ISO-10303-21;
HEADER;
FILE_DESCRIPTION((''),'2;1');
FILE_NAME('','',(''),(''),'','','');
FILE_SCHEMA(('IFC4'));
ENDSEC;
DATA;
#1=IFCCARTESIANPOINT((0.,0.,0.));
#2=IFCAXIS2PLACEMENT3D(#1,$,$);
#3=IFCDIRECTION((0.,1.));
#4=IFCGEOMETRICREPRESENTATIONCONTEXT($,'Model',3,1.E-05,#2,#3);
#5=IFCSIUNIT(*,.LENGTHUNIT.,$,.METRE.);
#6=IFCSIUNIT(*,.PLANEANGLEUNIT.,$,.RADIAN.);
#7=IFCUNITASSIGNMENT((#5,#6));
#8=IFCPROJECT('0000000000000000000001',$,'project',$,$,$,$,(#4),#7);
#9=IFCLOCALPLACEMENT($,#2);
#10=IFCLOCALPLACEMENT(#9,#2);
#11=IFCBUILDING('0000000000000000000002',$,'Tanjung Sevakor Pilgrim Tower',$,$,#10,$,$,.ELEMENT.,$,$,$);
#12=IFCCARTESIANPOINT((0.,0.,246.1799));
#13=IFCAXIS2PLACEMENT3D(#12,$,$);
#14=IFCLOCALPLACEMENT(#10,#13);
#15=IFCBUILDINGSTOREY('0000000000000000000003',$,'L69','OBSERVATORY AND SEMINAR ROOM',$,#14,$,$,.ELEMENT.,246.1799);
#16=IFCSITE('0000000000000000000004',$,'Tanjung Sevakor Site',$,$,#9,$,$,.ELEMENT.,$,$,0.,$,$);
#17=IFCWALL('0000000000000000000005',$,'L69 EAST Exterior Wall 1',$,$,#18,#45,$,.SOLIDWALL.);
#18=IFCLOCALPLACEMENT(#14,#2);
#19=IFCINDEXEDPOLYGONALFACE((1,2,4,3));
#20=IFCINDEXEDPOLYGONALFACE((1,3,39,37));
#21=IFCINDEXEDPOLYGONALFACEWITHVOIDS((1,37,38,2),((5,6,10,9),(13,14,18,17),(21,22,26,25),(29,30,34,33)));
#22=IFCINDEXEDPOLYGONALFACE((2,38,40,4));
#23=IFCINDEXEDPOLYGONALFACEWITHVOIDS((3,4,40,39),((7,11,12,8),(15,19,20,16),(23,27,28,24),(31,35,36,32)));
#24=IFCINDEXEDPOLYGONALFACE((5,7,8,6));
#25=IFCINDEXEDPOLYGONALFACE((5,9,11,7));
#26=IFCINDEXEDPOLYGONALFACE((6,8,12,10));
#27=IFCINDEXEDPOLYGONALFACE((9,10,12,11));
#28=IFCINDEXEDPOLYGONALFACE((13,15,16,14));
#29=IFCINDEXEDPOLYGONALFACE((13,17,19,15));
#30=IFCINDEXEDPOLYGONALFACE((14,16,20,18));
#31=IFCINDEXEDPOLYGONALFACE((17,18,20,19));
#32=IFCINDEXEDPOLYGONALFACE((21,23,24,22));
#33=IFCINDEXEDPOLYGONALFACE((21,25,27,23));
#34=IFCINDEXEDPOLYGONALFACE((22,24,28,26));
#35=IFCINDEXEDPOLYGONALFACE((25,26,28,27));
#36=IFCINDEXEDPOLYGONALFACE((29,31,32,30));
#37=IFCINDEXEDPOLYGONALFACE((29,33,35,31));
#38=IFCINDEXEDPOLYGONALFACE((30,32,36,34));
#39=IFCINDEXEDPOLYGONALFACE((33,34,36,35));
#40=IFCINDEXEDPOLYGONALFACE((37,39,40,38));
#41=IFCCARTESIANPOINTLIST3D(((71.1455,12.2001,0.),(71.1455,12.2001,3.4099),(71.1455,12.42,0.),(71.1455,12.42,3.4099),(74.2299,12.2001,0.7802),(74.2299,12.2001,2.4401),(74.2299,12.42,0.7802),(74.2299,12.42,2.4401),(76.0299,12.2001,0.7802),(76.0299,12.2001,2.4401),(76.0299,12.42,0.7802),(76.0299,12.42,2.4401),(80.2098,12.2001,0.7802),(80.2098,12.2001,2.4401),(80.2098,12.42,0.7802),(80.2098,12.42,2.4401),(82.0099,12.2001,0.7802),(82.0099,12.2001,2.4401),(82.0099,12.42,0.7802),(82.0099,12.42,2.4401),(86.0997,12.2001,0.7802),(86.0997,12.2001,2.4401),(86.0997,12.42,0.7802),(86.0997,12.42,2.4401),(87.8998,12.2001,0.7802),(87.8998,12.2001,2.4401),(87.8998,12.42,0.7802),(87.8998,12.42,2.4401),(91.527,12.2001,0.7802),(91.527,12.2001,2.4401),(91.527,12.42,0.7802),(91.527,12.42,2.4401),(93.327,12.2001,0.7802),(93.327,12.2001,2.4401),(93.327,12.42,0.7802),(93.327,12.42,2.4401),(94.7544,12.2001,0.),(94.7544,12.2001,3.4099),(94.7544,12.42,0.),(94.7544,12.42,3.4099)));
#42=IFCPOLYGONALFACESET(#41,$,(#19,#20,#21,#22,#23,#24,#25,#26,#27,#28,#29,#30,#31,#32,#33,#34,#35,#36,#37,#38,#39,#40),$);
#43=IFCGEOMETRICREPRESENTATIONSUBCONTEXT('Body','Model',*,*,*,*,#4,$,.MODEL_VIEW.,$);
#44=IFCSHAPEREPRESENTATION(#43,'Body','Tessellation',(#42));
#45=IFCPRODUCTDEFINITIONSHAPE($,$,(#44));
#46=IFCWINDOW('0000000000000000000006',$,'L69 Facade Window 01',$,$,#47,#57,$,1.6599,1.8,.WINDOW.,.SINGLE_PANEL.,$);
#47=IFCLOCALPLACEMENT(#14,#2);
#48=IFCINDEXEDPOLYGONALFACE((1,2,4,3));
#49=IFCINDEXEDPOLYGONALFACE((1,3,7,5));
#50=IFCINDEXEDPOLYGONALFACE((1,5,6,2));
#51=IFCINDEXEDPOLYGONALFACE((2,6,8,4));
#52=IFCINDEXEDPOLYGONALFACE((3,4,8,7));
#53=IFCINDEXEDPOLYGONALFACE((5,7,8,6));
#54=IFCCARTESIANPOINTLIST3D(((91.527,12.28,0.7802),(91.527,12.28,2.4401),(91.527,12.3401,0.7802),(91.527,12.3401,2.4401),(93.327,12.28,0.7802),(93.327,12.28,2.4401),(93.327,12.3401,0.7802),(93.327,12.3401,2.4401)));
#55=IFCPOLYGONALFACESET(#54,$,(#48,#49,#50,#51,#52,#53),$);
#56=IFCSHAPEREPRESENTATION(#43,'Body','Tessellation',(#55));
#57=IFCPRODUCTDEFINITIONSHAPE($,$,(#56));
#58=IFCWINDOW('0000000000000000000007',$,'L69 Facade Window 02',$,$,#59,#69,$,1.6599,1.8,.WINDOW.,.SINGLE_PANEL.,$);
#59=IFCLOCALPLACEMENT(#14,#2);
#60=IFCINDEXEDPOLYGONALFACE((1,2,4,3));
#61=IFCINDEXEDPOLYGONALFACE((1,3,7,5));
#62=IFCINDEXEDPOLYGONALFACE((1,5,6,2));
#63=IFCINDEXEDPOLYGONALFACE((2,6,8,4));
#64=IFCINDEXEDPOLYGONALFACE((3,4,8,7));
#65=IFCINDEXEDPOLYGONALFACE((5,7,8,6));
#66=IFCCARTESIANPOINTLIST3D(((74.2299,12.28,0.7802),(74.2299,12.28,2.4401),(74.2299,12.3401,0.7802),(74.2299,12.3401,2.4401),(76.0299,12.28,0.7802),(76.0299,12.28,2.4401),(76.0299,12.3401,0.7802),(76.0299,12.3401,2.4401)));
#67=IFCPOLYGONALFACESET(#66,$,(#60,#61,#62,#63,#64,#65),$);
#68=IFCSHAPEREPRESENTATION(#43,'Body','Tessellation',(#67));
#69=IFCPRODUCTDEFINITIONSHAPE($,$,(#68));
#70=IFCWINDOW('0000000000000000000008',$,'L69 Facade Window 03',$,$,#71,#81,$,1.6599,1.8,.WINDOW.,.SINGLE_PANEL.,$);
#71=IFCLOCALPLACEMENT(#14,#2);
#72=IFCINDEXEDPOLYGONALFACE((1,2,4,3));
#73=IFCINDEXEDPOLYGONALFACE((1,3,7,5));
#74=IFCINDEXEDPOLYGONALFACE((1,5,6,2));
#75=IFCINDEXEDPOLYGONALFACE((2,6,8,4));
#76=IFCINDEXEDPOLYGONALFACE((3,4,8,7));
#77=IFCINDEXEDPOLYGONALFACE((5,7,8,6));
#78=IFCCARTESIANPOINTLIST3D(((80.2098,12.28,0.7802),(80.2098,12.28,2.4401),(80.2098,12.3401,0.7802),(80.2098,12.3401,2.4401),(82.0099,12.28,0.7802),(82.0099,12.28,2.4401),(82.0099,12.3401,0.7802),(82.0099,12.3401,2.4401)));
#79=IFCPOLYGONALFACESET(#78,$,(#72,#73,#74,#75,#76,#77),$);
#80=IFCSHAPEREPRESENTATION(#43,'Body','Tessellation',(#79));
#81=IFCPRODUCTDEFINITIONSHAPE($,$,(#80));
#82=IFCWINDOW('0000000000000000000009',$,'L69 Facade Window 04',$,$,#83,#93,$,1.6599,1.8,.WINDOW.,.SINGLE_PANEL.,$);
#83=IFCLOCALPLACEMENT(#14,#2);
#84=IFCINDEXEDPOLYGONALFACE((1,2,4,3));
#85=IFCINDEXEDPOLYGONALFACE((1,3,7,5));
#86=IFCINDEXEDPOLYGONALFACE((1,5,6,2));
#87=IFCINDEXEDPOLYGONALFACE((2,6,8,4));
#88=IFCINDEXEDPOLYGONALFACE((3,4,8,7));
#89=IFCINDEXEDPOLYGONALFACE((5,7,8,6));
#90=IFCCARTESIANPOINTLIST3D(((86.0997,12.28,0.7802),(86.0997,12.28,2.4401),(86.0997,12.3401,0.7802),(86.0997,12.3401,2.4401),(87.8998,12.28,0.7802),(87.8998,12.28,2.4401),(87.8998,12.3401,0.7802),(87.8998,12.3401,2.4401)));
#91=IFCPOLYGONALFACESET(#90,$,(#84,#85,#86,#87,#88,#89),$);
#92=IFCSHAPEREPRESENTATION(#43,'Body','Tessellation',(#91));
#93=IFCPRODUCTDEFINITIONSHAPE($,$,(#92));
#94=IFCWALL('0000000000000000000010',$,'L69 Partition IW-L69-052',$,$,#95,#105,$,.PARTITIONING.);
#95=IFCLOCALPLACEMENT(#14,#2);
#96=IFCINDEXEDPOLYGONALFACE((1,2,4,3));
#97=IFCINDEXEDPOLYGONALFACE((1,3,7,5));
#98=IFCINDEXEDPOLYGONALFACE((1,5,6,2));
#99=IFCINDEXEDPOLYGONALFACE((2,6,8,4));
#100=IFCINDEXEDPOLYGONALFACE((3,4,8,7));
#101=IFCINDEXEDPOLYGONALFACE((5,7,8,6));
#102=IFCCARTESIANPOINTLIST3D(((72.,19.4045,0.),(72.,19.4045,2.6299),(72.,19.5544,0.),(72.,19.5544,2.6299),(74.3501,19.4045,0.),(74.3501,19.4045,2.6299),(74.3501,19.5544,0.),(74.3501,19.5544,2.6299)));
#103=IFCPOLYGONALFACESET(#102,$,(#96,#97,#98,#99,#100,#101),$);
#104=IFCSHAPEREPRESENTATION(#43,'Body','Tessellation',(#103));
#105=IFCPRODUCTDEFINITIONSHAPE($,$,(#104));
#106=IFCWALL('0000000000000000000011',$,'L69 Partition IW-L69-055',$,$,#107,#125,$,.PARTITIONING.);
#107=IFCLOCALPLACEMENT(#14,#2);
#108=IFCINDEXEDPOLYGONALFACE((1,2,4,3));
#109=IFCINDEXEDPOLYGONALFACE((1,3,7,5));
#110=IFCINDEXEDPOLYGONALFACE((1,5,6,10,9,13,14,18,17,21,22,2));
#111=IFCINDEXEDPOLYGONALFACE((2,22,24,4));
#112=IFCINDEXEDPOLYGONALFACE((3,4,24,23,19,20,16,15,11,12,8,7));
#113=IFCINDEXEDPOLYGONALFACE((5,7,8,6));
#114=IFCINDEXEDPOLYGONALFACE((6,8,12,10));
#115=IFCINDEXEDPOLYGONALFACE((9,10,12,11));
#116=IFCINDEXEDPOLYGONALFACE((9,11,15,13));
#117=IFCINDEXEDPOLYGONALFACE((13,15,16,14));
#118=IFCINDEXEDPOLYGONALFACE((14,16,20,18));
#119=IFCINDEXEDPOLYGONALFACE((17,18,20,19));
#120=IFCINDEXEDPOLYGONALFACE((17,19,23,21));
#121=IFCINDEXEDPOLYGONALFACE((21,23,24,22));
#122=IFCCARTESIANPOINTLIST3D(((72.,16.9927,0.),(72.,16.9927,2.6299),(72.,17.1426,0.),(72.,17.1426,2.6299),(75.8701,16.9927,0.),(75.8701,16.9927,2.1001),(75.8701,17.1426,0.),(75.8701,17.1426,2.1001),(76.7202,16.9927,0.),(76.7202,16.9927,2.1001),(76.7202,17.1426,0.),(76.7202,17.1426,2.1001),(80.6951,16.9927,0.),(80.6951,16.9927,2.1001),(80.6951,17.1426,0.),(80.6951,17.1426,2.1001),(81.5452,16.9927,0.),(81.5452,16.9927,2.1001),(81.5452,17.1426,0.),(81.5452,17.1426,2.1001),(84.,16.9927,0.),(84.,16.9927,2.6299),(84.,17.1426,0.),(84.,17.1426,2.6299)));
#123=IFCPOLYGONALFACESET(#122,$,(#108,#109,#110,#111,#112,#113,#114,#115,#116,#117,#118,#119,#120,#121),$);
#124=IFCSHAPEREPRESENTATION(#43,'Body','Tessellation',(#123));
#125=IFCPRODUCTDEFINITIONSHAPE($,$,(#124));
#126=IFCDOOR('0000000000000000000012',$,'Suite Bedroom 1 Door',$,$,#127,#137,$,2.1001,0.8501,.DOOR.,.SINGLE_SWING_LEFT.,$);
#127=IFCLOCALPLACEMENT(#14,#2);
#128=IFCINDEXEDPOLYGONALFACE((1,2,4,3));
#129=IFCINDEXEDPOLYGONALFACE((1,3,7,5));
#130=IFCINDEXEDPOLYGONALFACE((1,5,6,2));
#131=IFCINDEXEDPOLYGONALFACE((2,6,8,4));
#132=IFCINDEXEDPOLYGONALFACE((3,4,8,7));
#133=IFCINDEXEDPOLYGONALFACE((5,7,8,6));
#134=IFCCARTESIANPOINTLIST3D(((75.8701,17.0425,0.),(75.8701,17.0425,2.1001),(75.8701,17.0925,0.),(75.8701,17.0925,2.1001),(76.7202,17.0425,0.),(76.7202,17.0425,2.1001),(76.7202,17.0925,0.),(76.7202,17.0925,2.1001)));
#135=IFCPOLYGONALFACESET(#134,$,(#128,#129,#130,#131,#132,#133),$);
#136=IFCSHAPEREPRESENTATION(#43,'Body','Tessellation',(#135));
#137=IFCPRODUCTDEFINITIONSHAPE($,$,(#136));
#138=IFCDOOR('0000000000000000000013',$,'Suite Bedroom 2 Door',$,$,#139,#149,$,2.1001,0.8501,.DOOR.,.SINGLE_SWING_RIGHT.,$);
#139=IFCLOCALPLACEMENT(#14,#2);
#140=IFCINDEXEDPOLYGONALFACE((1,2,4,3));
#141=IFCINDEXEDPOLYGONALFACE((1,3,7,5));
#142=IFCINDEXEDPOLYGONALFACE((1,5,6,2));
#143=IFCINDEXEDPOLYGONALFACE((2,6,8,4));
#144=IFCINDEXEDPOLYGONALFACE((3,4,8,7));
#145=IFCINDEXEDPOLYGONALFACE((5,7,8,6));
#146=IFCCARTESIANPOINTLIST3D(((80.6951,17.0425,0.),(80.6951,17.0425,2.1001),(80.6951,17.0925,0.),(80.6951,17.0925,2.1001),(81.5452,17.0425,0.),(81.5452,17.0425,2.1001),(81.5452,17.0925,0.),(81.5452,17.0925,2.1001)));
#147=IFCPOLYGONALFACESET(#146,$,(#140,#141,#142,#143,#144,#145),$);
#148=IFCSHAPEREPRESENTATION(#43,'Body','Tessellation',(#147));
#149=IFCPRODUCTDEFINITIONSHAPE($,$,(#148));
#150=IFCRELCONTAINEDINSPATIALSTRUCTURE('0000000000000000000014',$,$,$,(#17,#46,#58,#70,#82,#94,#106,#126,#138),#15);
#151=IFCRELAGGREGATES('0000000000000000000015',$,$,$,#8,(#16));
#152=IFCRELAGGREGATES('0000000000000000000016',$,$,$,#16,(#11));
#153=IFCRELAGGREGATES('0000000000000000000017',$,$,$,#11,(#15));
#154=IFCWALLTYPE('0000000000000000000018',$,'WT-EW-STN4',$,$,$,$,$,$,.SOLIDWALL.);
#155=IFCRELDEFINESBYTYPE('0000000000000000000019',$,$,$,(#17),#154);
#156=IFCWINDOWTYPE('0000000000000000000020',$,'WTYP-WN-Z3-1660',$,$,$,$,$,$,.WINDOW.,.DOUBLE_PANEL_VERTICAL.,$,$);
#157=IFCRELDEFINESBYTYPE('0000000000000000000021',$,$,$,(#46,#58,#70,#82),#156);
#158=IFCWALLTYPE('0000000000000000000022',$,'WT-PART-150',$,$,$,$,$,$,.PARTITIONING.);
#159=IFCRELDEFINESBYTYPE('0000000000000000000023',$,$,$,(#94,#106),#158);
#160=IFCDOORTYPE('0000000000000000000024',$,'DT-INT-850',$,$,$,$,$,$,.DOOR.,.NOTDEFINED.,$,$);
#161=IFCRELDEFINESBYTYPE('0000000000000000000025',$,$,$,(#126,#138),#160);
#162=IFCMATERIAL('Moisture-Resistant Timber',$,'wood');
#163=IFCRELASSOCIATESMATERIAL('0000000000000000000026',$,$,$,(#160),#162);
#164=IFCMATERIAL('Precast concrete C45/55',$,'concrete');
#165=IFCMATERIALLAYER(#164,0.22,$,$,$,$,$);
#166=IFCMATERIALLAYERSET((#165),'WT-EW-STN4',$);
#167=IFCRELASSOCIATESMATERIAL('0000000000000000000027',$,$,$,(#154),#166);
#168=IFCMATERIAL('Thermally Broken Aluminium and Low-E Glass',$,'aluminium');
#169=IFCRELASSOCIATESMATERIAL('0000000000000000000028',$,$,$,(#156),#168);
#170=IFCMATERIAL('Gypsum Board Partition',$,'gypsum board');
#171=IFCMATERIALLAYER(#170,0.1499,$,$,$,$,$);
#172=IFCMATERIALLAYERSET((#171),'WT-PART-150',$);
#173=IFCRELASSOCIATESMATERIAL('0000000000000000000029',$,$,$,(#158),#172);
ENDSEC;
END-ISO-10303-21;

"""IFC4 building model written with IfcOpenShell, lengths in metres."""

from ifc_helpers import new_model, si_unit, direction, frame, frame_2d, origin, place, context, subcontext, project, spatial, rectangle, extrude, material, layer, layer_set, type_object, element, fill, save


model = new_model("IFC4")

# Units and contexts
model_context = context("Model", 3, precision=1e-05, world=origin(), true_north=direction((0.0, 1.0)))
body_context = subcontext(model_context, "Body", "Model", "MODEL_VIEW")
ifc_project = project(units=[si_unit("LENGTHUNIT", "METRE"), si_unit("PLANEANGLEUNIT", "RADIAN")], contexts=[model_context])

# Site, building, storey
site_placement = place(None, origin())
site = spatial("IfcSite", under=ifc_project, at=site_placement, Name="Tanjung Sevakor Site", CompositionType="ELEMENT", RefElevation=0.0)
building_placement = place(site_placement, origin())
building = spatial("IfcBuilding", under=site, at=building_placement, Name="Tanjung Sevakor Pilgrim Tower", CompositionType="ELEMENT")
storey_placement = place(building_placement, frame((0.0, 0.0, 246.1799)))
storey = spatial("IfcBuildingStorey", under=building, at=storey_placement, Name="L69", Description="OBSERVATORY AND SEMINAR ROOM", CompositionType="ELEMENT", Elevation=246.1799)

# Shared definitions
ifc_material_1 = material(Name="Moisture-Resistant Timber", Category="wood")
door_type_1 = type_object("IfcDoorType", Name="DT-INT-850", OperationType="NOTDEFINED", PredefinedType="DOOR", material=ifc_material_1)

# Wall, openings, windows
ifc_material_2 = material(Name="Precast concrete C45/55", Category="concrete")
ifc_layer_1 = layer(ifc_material_2, 0.22)
ifc_layer_set_1 = layer_set([ifc_layer_1], Name="WT-EW-STN4")
wall_type_1 = type_object("IfcWallType", Name="WT-EW-STN4", PredefinedType="SOLIDWALL", material=ifc_layer_set_1)
wall_1_placement = place(storey_placement, frame((71.1455, 12.3101, 0.0), z_axis=(0.0, 0.0, 1.0), x_axis=(1.0, 0.0, 0.0)))
wall_1 = element("IfcWall", 1, at=wall_1_placement, inside=storey, type_object=wall_type_1, Name="L69 EAST Exterior Wall 1", PredefinedType="SOLIDWALL", context=body_context, shape_type="SweptSolid", body=[
    extrude(rectangle(XDim=23.6089, YDim=0.22, at=frame_2d((11.8044, 0.0))), origin(), (0.0, 0.0, 1.0), 3.4099),
])
opening_1_placement = place(wall_1_placement, frame((20.3816, 0.0, 0.78)))
opening_1 = element("IfcOpeningElement", 2, at=opening_1_placement, cuts=wall_1, PredefinedType="OPENING", context=body_context, shape_type="SweptSolid", body=[
    extrude(rectangle(XDim=1.8, YDim=1.6599, at=frame_2d((0.8999, 0.8301))), frame((0.0, 0.1199, 0.0), z_axis=(0.0, -1.0, 0.0), x_axis=(1.0, 0.0, 0.0)), (0.0, 0.0, 1.0), 0.24),
])
opening_2_placement = place(wall_1_placement, frame((3.0845, 0.0, 0.78)))
opening_2 = element("IfcOpeningElement", 3, at=opening_2_placement, cuts=wall_1, PredefinedType="OPENING", context=body_context, shape_type="SweptSolid", body=[
    extrude(rectangle(XDim=1.8, YDim=1.6599, at=frame_2d((0.8999, 0.8301))), frame((0.0, 0.1199, 0.0), z_axis=(0.0, -1.0, 0.0), x_axis=(1.0, 0.0, 0.0)), (0.0, 0.0, 1.0), 0.24),
])
opening_3_placement = place(wall_1_placement, frame((9.0645, 0.0, 0.78)))
opening_3 = element("IfcOpeningElement", 4, at=opening_3_placement, cuts=wall_1, PredefinedType="OPENING", context=body_context, shape_type="SweptSolid", body=[
    extrude(rectangle(XDim=1.8, YDim=1.6599, at=frame_2d((0.8999, 0.8301))), frame((0.0, 0.1199, 0.0), z_axis=(0.0, -1.0, 0.0), x_axis=(1.0, 0.0, 0.0)), (0.0, 0.0, 1.0), 0.24),
])
opening_4_placement = place(wall_1_placement, frame((14.9543, 0.0, 0.78)))
opening_4 = element("IfcOpeningElement", 5, at=opening_4_placement, cuts=wall_1, PredefinedType="OPENING", context=body_context, shape_type="SweptSolid", body=[
    extrude(rectangle(XDim=1.8, YDim=1.6599, at=frame_2d((0.8999, 0.8301))), frame((0.0, 0.1199, 0.0), z_axis=(0.0, -1.0, 0.0), x_axis=(1.0, 0.0, 0.0)), (0.0, 0.0, 1.0), 0.24),
])
ifc_material_3 = material(Name="Thermally Broken Aluminium and Low-E Glass", Category="aluminium")
window_type = type_object("IfcWindowType", Name="WTYP-WN-Z3-1660", PartitioningType="DOUBLE_PANEL_VERTICAL", PredefinedType="WINDOW", material=ifc_material_3)
window_1_placement = place(opening_1_placement, origin())
window_1 = element("IfcWindow", 6, at=window_1_placement, inside=storey, type_object=window_type, Name="L69 Facade Window 01", OverallHeight=1.6599, OverallWidth=1.8, PartitioningType="SINGLE_PANEL", PredefinedType="WINDOW", context=body_context, shape_type="SweptSolid", body=[
    extrude(rectangle(XDim=1.8, YDim=1.6599, at=frame_2d((0.8999, 0.8301))), frame((0.0, 0.03, 0.0), z_axis=(0.0, -1.0, 0.0), x_axis=(1.0, 0.0, 0.0)), (0.0, 0.0, 1.0), 0.0601),
])
fill(opening_1, window_1)
window_2_placement = place(opening_2_placement, origin())
window_2 = element("IfcWindow", 7, at=window_2_placement, inside=storey, type_object=window_type, Name="L69 Facade Window 02", OverallHeight=1.6599, OverallWidth=1.8, PartitioningType="SINGLE_PANEL", PredefinedType="WINDOW", context=body_context, shape_type="SweptSolid", body=[
    extrude(rectangle(XDim=1.8, YDim=1.6599, at=frame_2d((0.8999, 0.8301))), frame((0.0, 0.03, 0.0), z_axis=(0.0, -1.0, 0.0), x_axis=(1.0, 0.0, 0.0)), (0.0, 0.0, 1.0), 0.0601),
])
fill(opening_2, window_2)
window_3_placement = place(opening_3_placement, origin())
window_3 = element("IfcWindow", 8, at=window_3_placement, inside=storey, type_object=window_type, Name="L69 Facade Window 03", OverallHeight=1.6599, OverallWidth=1.8, PartitioningType="SINGLE_PANEL", PredefinedType="WINDOW", context=body_context, shape_type="SweptSolid", body=[
    extrude(rectangle(XDim=1.8, YDim=1.6599, at=frame_2d((0.8999, 0.8301))), frame((0.0, 0.03, 0.0), z_axis=(0.0, -1.0, 0.0), x_axis=(1.0, 0.0, 0.0)), (0.0, 0.0, 1.0), 0.0601),
])
fill(opening_3, window_3)
window_4_placement = place(opening_4_placement, origin())
window_4 = element("IfcWindow", 9, at=window_4_placement, inside=storey, type_object=window_type, Name="L69 Facade Window 04", OverallHeight=1.6599, OverallWidth=1.8, PartitioningType="SINGLE_PANEL", PredefinedType="WINDOW", context=body_context, shape_type="SweptSolid", body=[
    extrude(rectangle(XDim=1.8, YDim=1.6599, at=frame_2d((0.8999, 0.8301))), frame((0.0, 0.03, 0.0), z_axis=(0.0, -1.0, 0.0), x_axis=(1.0, 0.0, 0.0)), (0.0, 0.0, 1.0), 0.0601),
])
fill(opening_4, window_4)

# Wall
ifc_material_4 = material(Name="Gypsum Board Partition", Category="gypsum board")
ifc_layer_2 = layer(ifc_material_4, 0.1499)
ifc_layer_set_2 = layer_set([ifc_layer_2], Name="WT-PART-150")
wall_type_2 = type_object("IfcWallType", Name="WT-PART-150", PredefinedType="PARTITIONING", material=ifc_layer_set_2)
wall_2_placement = place(storey_placement, frame((72.0, 19.4795, 0.0), z_axis=(0.0, 0.0, 1.0), x_axis=(1.0, 0.0, 0.0)))
element("IfcWall", 10, at=wall_2_placement, inside=storey, type_object=wall_type_2, Name="L69 Partition IW-L69-052", PredefinedType="PARTITIONING", context=body_context, shape_type="SweptSolid", body=[
    extrude(rectangle(XDim=2.3501, YDim=0.1499, at=frame_2d((1.175, 0.0))), origin(), (0.0, 0.0, 1.0), 2.6299),
])

# Wall, openings, doors
wall_3_placement = place(storey_placement, frame((72.0, 17.0676, 0.0), z_axis=(0.0, 0.0, 1.0), x_axis=(1.0, 0.0, 0.0)))
wall_3 = element("IfcWall", 11, at=wall_3_placement, inside=storey, type_object=wall_type_2, Name="L69 Partition IW-L69-055", PredefinedType="PARTITIONING", context=body_context, shape_type="SweptSolid", body=[
    extrude(rectangle(XDim=12.0, YDim=0.1499, at=frame_2d((6.0, 0.0))), origin(), (0.0, 0.0, 1.0), 2.6299),
])
opening_5_placement = place(wall_3_placement, frame((3.8701, 0.0, 0.0)))
opening_5 = element("IfcOpeningElement", 12, at=opening_5_placement, cuts=wall_3, PredefinedType="OPENING", context=body_context, shape_type="SweptSolid", body=[
    extrude(rectangle(XDim=0.8501, YDim=2.1001, at=frame_2d((0.425, 1.05))), frame((0.0, 0.085, 0.0), z_axis=(0.0, -1.0, 0.0), x_axis=(1.0, 0.0, 0.0)), (0.0, 0.0, 1.0), 0.1699),
])
opening_6_placement = place(wall_3_placement, frame((8.6951, 0.0, 0.0)))
opening_6 = element("IfcOpeningElement", 13, at=opening_6_placement, cuts=wall_3, PredefinedType="OPENING", context=body_context, shape_type="SweptSolid", body=[
    extrude(rectangle(XDim=0.8501, YDim=2.1001, at=frame_2d((0.425, 1.05))), frame((0.0, 0.085, 0.0), z_axis=(0.0, -1.0, 0.0), x_axis=(1.0, 0.0, 0.0)), (0.0, 0.0, 1.0), 0.1699),
])
door_1_placement = place(opening_5_placement, origin())
door_1 = element("IfcDoor", 14, at=door_1_placement, inside=storey, type_object=door_type_1, Name="Suite Bedroom 1 Door", OperationType="SINGLE_SWING_LEFT", OverallHeight=2.1001, OverallWidth=0.8501, PredefinedType="DOOR", context=body_context, shape_type="SweptSolid", body=[
    extrude(rectangle(XDim=0.8501, YDim=2.1001, at=frame_2d((0.425, 1.05))), frame((0.0, 0.0249, 0.0), z_axis=(0.0, -1.0, 0.0), x_axis=(1.0, 0.0, 0.0)), (0.0, 0.0, 1.0), 0.05),
])
fill(opening_5, door_1)
door_2_placement = place(opening_6_placement, origin())
door_2 = element("IfcDoor", 15, at=door_2_placement, inside=storey, type_object=door_type_1, Name="Suite Bedroom 2 Door", OperationType="SINGLE_SWING_RIGHT", OverallHeight=2.1001, OverallWidth=0.8501, PredefinedType="DOOR", context=body_context, shape_type="SweptSolid", body=[
    extrude(rectangle(XDim=0.8501, YDim=2.1001, at=frame_2d((0.425, 1.05))), frame((0.0, 0.0249, 0.0), z_axis=(0.0, -1.0, 0.0), x_axis=(1.0, 0.0, 0.0)), (0.0, 0.0, 1.0), 0.05),
])
fill(opening_6, door_2)

save(model, "model.ifc")
